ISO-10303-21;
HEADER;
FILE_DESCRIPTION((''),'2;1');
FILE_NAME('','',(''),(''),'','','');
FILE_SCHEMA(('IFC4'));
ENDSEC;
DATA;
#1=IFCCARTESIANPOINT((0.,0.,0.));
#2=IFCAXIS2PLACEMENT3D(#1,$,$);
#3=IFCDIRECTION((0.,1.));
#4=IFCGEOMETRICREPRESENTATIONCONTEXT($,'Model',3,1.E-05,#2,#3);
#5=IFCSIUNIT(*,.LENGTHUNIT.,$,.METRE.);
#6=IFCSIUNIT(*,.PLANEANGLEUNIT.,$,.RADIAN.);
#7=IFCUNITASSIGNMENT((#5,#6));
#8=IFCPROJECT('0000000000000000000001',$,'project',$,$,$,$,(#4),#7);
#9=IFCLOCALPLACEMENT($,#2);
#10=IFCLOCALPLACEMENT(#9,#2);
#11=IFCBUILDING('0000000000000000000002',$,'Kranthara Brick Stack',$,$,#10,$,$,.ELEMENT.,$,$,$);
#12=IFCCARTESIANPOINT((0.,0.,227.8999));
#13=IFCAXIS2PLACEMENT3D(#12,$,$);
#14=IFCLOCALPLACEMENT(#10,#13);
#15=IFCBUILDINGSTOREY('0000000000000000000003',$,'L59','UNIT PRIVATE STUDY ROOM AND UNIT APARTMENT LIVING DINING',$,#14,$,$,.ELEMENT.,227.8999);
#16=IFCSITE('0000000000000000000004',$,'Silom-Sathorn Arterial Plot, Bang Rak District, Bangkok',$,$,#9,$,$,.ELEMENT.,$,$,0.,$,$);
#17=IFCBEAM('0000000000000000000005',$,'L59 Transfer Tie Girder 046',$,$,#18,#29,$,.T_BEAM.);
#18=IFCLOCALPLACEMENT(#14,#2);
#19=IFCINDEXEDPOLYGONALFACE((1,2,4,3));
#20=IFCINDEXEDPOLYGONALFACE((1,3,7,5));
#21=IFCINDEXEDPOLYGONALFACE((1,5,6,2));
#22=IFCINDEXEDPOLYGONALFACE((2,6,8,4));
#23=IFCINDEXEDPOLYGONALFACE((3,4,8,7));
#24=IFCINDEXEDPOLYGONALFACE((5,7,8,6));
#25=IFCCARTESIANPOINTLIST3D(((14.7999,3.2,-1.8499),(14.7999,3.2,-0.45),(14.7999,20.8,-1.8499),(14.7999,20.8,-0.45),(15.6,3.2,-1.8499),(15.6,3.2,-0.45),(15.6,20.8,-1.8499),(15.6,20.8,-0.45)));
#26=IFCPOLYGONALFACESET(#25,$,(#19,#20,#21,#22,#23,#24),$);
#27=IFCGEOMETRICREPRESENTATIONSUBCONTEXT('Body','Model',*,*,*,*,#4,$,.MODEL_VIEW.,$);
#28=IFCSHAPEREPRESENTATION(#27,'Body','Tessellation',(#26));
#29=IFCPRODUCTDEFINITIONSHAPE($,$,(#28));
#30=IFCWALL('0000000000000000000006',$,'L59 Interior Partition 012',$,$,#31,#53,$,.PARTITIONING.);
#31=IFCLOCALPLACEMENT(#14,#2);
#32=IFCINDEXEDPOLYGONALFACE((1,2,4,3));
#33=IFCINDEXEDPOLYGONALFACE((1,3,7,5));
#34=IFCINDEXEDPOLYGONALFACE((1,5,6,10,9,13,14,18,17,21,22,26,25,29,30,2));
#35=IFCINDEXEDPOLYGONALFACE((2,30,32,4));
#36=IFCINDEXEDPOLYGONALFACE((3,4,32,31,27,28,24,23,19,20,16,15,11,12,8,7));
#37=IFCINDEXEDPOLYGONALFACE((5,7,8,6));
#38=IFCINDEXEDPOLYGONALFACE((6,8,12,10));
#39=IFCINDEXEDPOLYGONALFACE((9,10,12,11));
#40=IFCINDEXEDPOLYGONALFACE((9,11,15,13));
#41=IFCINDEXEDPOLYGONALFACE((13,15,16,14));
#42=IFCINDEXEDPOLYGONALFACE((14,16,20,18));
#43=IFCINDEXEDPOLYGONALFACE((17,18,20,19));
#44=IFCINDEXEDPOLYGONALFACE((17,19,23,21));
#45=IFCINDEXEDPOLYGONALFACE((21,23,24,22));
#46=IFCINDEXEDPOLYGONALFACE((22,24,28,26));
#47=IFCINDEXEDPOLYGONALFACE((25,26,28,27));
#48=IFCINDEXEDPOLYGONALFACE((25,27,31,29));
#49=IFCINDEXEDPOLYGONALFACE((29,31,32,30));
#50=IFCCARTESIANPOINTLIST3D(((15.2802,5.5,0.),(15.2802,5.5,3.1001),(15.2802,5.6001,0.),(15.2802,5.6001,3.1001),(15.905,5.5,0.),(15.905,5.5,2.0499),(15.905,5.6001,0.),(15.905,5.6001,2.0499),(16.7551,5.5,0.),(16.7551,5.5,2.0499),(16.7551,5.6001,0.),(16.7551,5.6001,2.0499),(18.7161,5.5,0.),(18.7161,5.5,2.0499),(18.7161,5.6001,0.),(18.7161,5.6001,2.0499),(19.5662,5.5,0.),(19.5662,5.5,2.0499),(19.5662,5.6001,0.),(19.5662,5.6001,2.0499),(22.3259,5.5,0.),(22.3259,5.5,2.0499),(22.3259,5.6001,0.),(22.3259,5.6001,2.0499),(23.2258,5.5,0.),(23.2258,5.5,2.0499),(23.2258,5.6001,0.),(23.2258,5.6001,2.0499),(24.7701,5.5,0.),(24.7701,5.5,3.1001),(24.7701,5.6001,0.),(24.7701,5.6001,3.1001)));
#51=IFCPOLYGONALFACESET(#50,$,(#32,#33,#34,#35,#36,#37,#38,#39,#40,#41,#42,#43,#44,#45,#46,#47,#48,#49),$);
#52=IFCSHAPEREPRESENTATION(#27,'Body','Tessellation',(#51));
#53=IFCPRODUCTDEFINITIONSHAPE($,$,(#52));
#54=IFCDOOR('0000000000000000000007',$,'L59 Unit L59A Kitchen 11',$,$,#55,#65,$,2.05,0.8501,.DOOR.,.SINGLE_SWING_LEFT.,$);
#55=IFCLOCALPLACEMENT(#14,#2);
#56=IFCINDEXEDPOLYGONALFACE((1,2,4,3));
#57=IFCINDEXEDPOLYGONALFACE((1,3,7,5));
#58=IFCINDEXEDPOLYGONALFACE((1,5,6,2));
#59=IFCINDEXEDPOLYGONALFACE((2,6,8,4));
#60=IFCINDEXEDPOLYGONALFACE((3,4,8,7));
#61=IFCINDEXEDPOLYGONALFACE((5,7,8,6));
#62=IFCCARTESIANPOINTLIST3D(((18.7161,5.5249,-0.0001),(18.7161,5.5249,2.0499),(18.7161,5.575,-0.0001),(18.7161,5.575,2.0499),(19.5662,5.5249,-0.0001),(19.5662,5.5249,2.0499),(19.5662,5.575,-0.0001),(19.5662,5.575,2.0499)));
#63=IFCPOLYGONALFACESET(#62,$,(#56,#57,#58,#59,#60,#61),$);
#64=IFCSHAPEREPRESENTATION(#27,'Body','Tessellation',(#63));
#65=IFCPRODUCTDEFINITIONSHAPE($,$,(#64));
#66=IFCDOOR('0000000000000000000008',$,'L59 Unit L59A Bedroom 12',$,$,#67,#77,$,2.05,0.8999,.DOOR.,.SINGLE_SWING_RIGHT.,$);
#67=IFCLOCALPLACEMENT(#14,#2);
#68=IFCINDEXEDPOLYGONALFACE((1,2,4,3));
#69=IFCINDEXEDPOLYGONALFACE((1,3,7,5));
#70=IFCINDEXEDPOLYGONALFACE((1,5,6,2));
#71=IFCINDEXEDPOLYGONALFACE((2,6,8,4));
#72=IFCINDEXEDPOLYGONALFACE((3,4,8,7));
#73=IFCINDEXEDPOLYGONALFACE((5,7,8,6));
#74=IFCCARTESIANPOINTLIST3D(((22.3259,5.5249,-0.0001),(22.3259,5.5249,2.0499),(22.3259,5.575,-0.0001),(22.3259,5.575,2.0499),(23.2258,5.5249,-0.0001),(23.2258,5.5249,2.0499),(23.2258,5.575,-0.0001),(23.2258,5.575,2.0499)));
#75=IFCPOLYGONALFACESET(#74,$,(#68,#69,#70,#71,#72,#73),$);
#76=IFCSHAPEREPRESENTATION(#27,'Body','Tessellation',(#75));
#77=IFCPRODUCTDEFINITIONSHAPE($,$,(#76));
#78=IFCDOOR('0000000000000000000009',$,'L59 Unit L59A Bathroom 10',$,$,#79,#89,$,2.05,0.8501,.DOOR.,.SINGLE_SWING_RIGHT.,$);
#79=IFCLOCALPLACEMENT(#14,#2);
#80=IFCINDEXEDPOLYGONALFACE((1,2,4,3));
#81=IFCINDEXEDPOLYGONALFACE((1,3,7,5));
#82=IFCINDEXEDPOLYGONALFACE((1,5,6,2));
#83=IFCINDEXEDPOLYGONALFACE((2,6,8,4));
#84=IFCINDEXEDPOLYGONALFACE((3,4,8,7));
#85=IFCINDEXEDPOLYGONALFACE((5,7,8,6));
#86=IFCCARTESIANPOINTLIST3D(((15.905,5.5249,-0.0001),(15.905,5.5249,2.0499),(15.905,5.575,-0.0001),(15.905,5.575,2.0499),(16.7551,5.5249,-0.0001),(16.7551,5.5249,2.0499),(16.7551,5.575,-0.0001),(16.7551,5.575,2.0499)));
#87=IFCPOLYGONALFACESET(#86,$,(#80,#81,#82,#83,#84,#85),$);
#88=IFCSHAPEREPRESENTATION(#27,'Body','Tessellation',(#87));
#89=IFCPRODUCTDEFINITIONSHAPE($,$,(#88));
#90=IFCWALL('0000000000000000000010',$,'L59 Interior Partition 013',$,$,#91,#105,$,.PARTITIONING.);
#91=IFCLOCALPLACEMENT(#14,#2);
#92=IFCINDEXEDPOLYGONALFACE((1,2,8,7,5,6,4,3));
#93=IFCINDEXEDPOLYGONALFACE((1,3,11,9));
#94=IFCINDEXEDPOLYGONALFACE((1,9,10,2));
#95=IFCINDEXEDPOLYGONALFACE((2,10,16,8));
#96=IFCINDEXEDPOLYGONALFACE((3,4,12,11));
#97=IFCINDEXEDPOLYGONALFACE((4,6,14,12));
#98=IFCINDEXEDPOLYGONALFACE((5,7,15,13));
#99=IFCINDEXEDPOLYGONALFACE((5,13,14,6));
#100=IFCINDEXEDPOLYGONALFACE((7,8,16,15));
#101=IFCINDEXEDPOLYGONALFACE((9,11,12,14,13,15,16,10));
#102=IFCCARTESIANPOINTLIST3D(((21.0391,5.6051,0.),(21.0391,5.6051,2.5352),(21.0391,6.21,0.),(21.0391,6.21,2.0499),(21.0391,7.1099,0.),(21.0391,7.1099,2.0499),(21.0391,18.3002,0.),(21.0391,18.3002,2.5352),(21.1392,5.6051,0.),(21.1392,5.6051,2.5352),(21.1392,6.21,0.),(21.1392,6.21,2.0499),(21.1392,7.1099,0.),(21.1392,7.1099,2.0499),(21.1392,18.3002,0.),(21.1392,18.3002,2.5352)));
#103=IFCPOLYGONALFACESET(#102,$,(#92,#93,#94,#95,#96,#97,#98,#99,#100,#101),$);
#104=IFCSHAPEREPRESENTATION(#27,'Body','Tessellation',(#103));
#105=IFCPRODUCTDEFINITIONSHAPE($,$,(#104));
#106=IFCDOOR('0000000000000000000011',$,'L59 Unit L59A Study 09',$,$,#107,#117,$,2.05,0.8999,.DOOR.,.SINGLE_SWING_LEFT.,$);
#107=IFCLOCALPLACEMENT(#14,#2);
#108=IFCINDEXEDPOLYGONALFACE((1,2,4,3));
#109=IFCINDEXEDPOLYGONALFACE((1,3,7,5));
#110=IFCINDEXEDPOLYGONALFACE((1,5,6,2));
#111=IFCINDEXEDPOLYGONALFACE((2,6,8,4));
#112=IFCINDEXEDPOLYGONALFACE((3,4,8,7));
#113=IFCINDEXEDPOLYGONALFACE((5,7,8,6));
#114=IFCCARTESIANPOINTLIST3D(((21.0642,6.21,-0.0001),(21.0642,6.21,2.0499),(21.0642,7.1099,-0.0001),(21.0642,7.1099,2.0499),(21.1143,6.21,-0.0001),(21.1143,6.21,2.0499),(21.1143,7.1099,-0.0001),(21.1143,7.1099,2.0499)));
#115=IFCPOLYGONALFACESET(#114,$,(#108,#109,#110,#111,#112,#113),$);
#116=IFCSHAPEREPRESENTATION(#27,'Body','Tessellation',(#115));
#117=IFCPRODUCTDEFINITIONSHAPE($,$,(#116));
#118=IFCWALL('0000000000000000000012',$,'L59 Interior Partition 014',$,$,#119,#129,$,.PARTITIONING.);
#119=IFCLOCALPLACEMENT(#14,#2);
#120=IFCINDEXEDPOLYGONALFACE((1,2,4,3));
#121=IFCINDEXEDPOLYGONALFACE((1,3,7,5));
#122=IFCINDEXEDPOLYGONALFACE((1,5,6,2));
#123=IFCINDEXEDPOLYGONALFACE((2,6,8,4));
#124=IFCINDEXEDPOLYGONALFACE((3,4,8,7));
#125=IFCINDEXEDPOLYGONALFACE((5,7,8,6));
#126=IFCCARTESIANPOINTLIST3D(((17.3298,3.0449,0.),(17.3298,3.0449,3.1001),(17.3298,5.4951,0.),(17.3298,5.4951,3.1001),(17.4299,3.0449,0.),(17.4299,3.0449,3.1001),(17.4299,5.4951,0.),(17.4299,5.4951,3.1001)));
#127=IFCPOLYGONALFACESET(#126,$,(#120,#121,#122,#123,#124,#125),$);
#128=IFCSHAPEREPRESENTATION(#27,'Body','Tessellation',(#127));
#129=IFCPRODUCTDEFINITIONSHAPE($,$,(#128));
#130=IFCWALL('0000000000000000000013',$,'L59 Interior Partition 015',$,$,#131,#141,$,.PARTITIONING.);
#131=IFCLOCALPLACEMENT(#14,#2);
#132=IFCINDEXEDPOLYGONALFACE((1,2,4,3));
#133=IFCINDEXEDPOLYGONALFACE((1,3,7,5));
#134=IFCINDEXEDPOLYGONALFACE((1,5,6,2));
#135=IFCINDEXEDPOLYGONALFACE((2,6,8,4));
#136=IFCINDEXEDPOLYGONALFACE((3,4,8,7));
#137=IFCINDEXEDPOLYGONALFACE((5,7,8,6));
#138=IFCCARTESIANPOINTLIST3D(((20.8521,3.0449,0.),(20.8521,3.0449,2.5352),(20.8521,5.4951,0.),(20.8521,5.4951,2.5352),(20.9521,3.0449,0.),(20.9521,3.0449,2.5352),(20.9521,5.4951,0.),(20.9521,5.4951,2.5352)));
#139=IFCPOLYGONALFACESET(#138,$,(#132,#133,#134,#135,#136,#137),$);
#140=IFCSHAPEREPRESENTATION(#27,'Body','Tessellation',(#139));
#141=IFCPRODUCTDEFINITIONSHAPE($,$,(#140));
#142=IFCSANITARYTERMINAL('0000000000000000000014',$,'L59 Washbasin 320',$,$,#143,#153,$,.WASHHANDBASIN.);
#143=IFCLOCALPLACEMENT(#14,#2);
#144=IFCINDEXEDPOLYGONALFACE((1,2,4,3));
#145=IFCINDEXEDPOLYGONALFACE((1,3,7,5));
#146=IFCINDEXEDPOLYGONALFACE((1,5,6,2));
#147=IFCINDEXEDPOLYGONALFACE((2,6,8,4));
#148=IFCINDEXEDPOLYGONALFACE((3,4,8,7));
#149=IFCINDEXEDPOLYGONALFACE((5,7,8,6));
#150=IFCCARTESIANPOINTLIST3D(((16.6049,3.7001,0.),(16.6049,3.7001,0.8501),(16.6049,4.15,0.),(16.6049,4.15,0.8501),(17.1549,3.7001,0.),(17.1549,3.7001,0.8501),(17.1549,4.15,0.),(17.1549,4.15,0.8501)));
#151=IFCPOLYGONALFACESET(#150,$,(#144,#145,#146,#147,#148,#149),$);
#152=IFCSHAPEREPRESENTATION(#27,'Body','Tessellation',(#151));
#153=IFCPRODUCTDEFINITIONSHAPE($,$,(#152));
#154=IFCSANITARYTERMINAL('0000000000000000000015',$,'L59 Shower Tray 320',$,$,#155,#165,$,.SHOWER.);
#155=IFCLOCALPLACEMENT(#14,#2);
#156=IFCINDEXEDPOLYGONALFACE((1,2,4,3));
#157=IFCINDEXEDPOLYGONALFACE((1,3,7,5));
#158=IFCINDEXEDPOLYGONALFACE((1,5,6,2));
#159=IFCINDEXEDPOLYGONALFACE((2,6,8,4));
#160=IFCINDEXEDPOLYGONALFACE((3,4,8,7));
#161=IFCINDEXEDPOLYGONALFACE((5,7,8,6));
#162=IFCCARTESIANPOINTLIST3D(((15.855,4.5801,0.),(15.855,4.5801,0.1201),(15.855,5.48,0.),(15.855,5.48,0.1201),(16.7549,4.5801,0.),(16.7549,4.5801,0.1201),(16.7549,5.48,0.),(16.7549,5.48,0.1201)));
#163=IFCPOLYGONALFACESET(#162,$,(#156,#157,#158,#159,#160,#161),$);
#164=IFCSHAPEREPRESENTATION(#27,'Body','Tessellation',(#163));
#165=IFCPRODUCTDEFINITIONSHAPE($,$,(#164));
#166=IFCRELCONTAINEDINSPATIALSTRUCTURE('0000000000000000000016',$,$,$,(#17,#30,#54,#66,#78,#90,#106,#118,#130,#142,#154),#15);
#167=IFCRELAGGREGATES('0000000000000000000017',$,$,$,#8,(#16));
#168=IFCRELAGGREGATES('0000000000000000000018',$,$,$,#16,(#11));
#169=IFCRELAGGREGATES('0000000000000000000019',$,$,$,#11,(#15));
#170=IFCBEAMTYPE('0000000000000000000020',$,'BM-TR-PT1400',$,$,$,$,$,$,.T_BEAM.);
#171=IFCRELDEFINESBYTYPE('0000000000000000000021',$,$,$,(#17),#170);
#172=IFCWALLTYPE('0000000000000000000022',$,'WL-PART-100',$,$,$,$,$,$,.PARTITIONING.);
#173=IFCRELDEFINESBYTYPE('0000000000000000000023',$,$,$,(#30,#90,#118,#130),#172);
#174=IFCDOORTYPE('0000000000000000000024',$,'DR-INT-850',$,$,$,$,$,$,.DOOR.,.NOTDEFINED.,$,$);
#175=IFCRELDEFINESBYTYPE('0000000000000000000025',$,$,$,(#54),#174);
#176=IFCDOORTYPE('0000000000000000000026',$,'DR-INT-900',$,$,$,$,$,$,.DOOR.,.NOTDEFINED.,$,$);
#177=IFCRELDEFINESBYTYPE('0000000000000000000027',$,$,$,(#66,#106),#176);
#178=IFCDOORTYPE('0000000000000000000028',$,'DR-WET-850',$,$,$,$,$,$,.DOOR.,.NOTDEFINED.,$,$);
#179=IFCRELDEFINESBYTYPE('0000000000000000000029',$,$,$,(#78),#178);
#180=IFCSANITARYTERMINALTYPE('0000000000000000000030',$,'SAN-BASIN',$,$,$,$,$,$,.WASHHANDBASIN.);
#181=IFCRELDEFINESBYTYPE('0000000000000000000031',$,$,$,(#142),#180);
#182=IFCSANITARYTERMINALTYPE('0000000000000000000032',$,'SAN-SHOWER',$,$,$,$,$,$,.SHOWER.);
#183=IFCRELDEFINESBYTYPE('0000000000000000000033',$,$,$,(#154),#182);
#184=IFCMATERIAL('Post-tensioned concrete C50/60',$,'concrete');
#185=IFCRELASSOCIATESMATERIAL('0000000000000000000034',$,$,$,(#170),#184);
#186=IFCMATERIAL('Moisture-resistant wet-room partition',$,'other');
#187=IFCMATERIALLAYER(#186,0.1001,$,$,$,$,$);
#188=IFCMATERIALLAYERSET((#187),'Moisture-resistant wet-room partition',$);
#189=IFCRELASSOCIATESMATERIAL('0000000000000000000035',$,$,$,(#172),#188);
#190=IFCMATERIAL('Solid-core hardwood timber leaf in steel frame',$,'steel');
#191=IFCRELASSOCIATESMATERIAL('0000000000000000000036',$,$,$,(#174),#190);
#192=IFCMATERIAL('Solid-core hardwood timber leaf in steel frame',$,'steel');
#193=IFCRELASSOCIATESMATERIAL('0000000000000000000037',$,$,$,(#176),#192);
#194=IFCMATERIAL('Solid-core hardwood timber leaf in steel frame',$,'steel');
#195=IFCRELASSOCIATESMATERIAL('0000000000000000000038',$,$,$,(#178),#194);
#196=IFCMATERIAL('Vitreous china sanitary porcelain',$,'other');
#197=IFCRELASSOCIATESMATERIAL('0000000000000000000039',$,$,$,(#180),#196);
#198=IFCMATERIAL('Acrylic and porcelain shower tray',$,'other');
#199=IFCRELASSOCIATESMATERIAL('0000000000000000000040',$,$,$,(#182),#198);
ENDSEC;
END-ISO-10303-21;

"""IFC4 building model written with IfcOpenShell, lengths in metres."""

from ifc_helpers import new_model, si_unit, direction, frame, frame_2d, origin, origin_2d, place, context, subcontext, project, spatial, rectangle, extrude, material, layer, layer_set, material_profile, profile_set, type_object, element, fill, save


model = new_model("IFC4")

# Units and contexts
model_context = context("Model", 3, precision=1e-05, world=origin(), true_north=direction((0.0, 1.0)))
body_context = subcontext(model_context, "Body", "Model", "MODEL_VIEW")
ifc_project = project(units=[si_unit("LENGTHUNIT", "METRE"), si_unit("PLANEANGLEUNIT", "RADIAN")], contexts=[model_context])

# Site, building, storey
site_placement = place(None, origin())
site = spatial("IfcSite", under=ifc_project, at=site_placement, Name="Silom-Sathorn Arterial Plot, Bang Rak District, Bangkok", CompositionType="ELEMENT", RefElevation=0.0)
building_placement = place(site_placement, origin())
building = spatial("IfcBuilding", under=site, at=building_placement, Name="Kranthara Brick Stack", CompositionType="ELEMENT")
storey_placement = place(building_placement, frame((0.0, 0.0, 227.8999)))
storey = spatial("IfcBuildingStorey", under=building, at=storey_placement, Name="L59", Description="UNIT PRIVATE STUDY ROOM AND UNIT APARTMENT LIVING DINING", CompositionType="ELEMENT", Elevation=227.8999)

# Beam
ifc_material_1 = material(Name="Post-tensioned concrete C50/60", Category="concrete")
ifc_material_profile_1 = material_profile(ifc_material_1, rectangle(XDim=0.8, YDim=1.3999, at=origin_2d()), Name="PT 800x1400")
ifc_profile_set_1 = profile_set([ifc_material_profile_1], Name="Post-tensioned concrete C50/60")
beam_type_1 = type_object("IfcBeamType", Name="BM-TR-PT1400", PredefinedType="T_BEAM", material=ifc_profile_set_1)
beam_1_placement = place(storey_placement, frame((15.2, 3.2, -1.1499), z_axis=(0.0, 1.0, 0.0), x_axis=(-1.0, 0.0, 0.0)))
element("IfcBeam", 1, at=beam_1_placement, inside=storey, type_object=beam_type_1, Name="L59 Transfer Tie Girder 046", PredefinedType="T_BEAM", context=body_context, shape_type="SweptSolid", body=[
    extrude(rectangle(XDim=0.8, YDim=1.3999, at=origin_2d()), origin(), (0.0, 0.0, 1.0), 17.6001),
])

# Wall, openings, doors
ifc_material_2 = material(Name="Moisture-resistant wet-room partition", Category="other")
ifc_layer = layer(ifc_material_2, 0.1001)
ifc_layer_set = layer_set([ifc_layer], Name="Moisture-resistant wet-room partition")
wall_type = type_object("IfcWallType", Name="WL-PART-100", PredefinedType="PARTITIONING", material=ifc_layer_set)
wall_1_placement = place(storey_placement, frame((15.28, 5.55, 0.0), z_axis=(0.0, 0.0, 1.0), x_axis=(1.0, 0.0, 0.0)))
wall_1 = element("IfcWall", 2, at=wall_1_placement, inside=storey, type_object=wall_type, Name="L59 Interior Partition 012", PredefinedType="PARTITIONING", context=body_context, shape_type="SweptSolid", body=[
    extrude(rectangle(XDim=9.49, YDim=0.1001, at=frame_2d((4.7451, 0.0))), origin(), (0.0, 0.0, 1.0), 3.1001),
])
opening_1_placement = place(wall_1_placement, frame((0.625, 0.0, 0.0)))
opening_1 = element("IfcOpeningElement", 3, at=opening_1_placement, cuts=wall_1, PredefinedType="OPENING", context=body_context, shape_type="SweptSolid", body=[
    extrude(rectangle(XDim=0.8501, YDim=2.05, at=frame_2d((0.425, 1.0249))), frame((0.0, 0.0601, 0.0), z_axis=(0.0, -1.0, 0.0), x_axis=(1.0, 0.0, 0.0)), (0.0, 0.0, 1.0), 0.1201),
])
opening_2_placement = place(wall_1_placement, frame((3.436, 0.0, 0.0)))
opening_2 = element("IfcOpeningElement", 4, at=opening_2_placement, cuts=wall_1, PredefinedType="OPENING", context=body_context, shape_type="SweptSolid", body=[
    extrude(rectangle(XDim=0.8501, YDim=2.05, at=frame_2d((0.425, 1.0249))), frame((0.0, 0.0601, 0.0), z_axis=(0.0, -1.0, 0.0), x_axis=(1.0, 0.0, 0.0)), (0.0, 0.0, 1.0), 0.1201),
])
opening_3_placement = place(wall_1_placement, frame((7.0459, 0.0, 0.0)))
opening_3 = element("IfcOpeningElement", 5, at=opening_3_placement, cuts=wall_1, PredefinedType="OPENING", context=body_context, shape_type="SweptSolid", body=[
    extrude(rectangle(XDim=0.8999, YDim=2.05, at=frame_2d((0.45, 1.0249))), frame((0.0, 0.0601, 0.0), z_axis=(0.0, -1.0, 0.0), x_axis=(1.0, 0.0, 0.0)), (0.0, 0.0, 1.0), 0.1201),
])
ifc_material_3 = material(Name="Solid-core hardwood timber leaf in steel frame", Category="steel")
door_type_1 = type_object("IfcDoorType", Name="DR-INT-850", OperationType="NOTDEFINED", PredefinedType="DOOR", material=ifc_material_3)
door_1_placement = place(opening_2_placement, origin())
door_1 = element("IfcDoor", 6, at=door_1_placement, inside=storey, type_object=door_type_1, Name="L59 Unit L59A Kitchen 11", OperationType="SINGLE_SWING_LEFT", OverallHeight=2.05, OverallWidth=0.8501, PredefinedType="DOOR", context=body_context, shape_type="SweptSolid", body=[
    extrude(rectangle(XDim=0.8501, YDim=2.05, at=frame_2d((0.425, 1.0249))), frame((0.0, 0.0249, 0.0), z_axis=(0.0, -1.0, 0.0), x_axis=(1.0, 0.0, 0.0)), (0.0, 0.0, 1.0), 0.05),
])
fill(opening_2, door_1)
ifc_material_4 = material(Name="Solid-core hardwood timber leaf in steel frame", Category="steel")
door_type_2 = type_object("IfcDoorType", Name="DR-INT-900", OperationType="NOTDEFINED", PredefinedType="DOOR", material=ifc_material_4)
door_2_placement = place(opening_3_placement, origin())
door_2 = element("IfcDoor", 7, at=door_2_placement, inside=storey, type_object=door_type_2, Name="L59 Unit L59A Bedroom 12", OperationType="SINGLE_SWING_RIGHT", OverallHeight=2.05, OverallWidth=0.8999, PredefinedType="DOOR", context=body_context, shape_type="SweptSolid", body=[
    extrude(rectangle(XDim=0.8999, YDim=2.05, at=frame_2d((0.45, 1.0249))), frame((0.0, 0.0249, 0.0), z_axis=(0.0, -1.0, 0.0), x_axis=(1.0, 0.0, 0.0)), (0.0, 0.0, 1.0), 0.05),
])
fill(opening_3, door_2)
ifc_material_5 = material(Name="Solid-core hardwood timber leaf in steel frame", Category="steel")
door_type_3 = type_object("IfcDoorType", Name="DR-WET-850", OperationType="NOTDEFINED", PredefinedType="DOOR", material=ifc_material_5)
door_3_placement = place(opening_1_placement, origin())
door_3 = element("IfcDoor", 8, at=door_3_placement, inside=storey, type_object=door_type_3, Name="L59 Unit L59A Bathroom 10", OperationType="SINGLE_SWING_RIGHT", OverallHeight=2.05, OverallWidth=0.8501, PredefinedType="DOOR", context=body_context, shape_type="SweptSolid", body=[
    extrude(rectangle(XDim=0.8501, YDim=2.05, at=frame_2d((0.425, 1.0249))), frame((0.0, 0.0249, 0.0), z_axis=(0.0, -1.0, 0.0), x_axis=(1.0, 0.0, 0.0)), (0.0, 0.0, 1.0), 0.05),
])
fill(opening_1, door_3)

# Wall, opening, door
wall_2_placement = place(storey_placement, frame((21.0891, 5.605, 0.0), z_axis=(0.0, 0.0, 1.0), x_axis=(0.0, 1.0, 0.0)))
wall_2 = element("IfcWall", 9, at=wall_2_placement, inside=storey, type_object=wall_type, Name="L59 Interior Partition 013", PredefinedType="PARTITIONING", context=body_context, shape_type="SweptSolid", body=[
    extrude(rectangle(XDim=12.6951, YDim=0.1001, at=frame_2d((6.3477, 0.0))), origin(), (0.0, 0.0, 1.0), 2.5352),
])
opening_4_placement = place(wall_2_placement, frame((0.605, 0.0, 0.0)))
opening_4 = element("IfcOpeningElement", 10, at=opening_4_placement, cuts=wall_2, PredefinedType="OPENING", context=body_context, shape_type="SweptSolid", body=[
    extrude(rectangle(XDim=0.8999, YDim=2.05, at=frame_2d((0.45, 1.0249))), frame((0.0, 0.0601, 0.0), z_axis=(0.0, -1.0, 0.0), x_axis=(1.0, 0.0, 0.0)), (0.0, 0.0, 1.0), 0.1201),
])
door_4_placement = place(opening_4_placement, origin())
door_4 = element("IfcDoor", 11, at=door_4_placement, inside=storey, type_object=door_type_2, Name="L59 Unit L59A Study 09", OperationType="SINGLE_SWING_LEFT", OverallHeight=2.05, OverallWidth=0.8999, PredefinedType="DOOR", context=body_context, shape_type="SweptSolid", body=[
    extrude(rectangle(XDim=0.8999, YDim=2.05, at=frame_2d((0.45, 1.0249))), frame((0.0, 0.0249, 0.0), z_axis=(0.0, -1.0, 0.0), x_axis=(1.0, 0.0, 0.0)), (0.0, 0.0, 1.0), 0.05),
])
fill(opening_4, door_4)

# Walls
wall_3_placement = place(storey_placement, frame((17.3799, 3.0449, 0.0), z_axis=(0.0, 0.0, 1.0), x_axis=(0.0, 1.0, 0.0)))
element("IfcWall", 12, at=wall_3_placement, inside=storey, type_object=wall_type, Name="L59 Interior Partition 014", PredefinedType="PARTITIONING", context=body_context, shape_type="SweptSolid", body=[
    extrude(rectangle(XDim=2.4502, YDim=0.1001, at=frame_2d((1.2251, 0.0))), origin(), (0.0, 0.0, 1.0), 3.1001),
])
wall_4_placement = place(storey_placement, frame((20.9021, 3.0449, 0.0), z_axis=(0.0, 0.0, 1.0), x_axis=(0.0, 1.0, 0.0)))
element("IfcWall", 13, at=wall_4_placement, inside=storey, type_object=wall_type, Name="L59 Interior Partition 015", PredefinedType="PARTITIONING", context=body_context, shape_type="SweptSolid", body=[
    extrude(rectangle(XDim=2.4502, YDim=0.1001, at=frame_2d((1.2251, 0.0))), origin(), (0.0, 0.0, 1.0), 2.5352),
])

# Sanitary terminals
ifc_material_6 = material(Name="Vitreous china sanitary porcelain", Category="other")
sanitary_terminal_type_1 = type_object("IfcSanitaryTerminalType", Name="SAN-BASIN", PredefinedType="WASHHANDBASIN", material=ifc_material_6)
sanitary_terminal_1_placement = place(storey_placement, frame((16.8799, 3.925, 0.0), z_axis=(0.0, 0.0, 1.0), x_axis=(1.0, 0.0, 0.0)))
element("IfcSanitaryTerminal", 14, at=sanitary_terminal_1_placement, inside=storey, type_object=sanitary_terminal_type_1, Name="L59 Washbasin 320", PredefinedType="WASHHANDBASIN", context=body_context, shape_type="SweptSolid", body=[
    extrude(rectangle(XDim=0.55, YDim=0.45, at=origin_2d()), origin(), (0.0, 0.0, 1.0), 0.8501),
])
ifc_material_7 = material(Name="Acrylic and porcelain shower tray", Category="other")
sanitary_terminal_type_2 = type_object("IfcSanitaryTerminalType", Name="SAN-SHOWER", PredefinedType="SHOWER", material=ifc_material_7)
sanitary_terminal_2_placement = place(storey_placement, frame((16.3049, 5.03, 0.0), z_axis=(0.0, 0.0, 1.0), x_axis=(1.0, 0.0, 0.0)))
element("IfcSanitaryTerminal", 15, at=sanitary_terminal_2_placement, inside=storey, type_object=sanitary_terminal_type_2, Name="L59 Shower Tray 320", PredefinedType="SHOWER", context=body_context, shape_type="SweptSolid", body=[
    extrude(rectangle(XDim=0.8999, YDim=0.8999, at=origin_2d()), origin(), (0.0, 0.0, 1.0), 0.1201),
])

save(model, "model.ifc")
